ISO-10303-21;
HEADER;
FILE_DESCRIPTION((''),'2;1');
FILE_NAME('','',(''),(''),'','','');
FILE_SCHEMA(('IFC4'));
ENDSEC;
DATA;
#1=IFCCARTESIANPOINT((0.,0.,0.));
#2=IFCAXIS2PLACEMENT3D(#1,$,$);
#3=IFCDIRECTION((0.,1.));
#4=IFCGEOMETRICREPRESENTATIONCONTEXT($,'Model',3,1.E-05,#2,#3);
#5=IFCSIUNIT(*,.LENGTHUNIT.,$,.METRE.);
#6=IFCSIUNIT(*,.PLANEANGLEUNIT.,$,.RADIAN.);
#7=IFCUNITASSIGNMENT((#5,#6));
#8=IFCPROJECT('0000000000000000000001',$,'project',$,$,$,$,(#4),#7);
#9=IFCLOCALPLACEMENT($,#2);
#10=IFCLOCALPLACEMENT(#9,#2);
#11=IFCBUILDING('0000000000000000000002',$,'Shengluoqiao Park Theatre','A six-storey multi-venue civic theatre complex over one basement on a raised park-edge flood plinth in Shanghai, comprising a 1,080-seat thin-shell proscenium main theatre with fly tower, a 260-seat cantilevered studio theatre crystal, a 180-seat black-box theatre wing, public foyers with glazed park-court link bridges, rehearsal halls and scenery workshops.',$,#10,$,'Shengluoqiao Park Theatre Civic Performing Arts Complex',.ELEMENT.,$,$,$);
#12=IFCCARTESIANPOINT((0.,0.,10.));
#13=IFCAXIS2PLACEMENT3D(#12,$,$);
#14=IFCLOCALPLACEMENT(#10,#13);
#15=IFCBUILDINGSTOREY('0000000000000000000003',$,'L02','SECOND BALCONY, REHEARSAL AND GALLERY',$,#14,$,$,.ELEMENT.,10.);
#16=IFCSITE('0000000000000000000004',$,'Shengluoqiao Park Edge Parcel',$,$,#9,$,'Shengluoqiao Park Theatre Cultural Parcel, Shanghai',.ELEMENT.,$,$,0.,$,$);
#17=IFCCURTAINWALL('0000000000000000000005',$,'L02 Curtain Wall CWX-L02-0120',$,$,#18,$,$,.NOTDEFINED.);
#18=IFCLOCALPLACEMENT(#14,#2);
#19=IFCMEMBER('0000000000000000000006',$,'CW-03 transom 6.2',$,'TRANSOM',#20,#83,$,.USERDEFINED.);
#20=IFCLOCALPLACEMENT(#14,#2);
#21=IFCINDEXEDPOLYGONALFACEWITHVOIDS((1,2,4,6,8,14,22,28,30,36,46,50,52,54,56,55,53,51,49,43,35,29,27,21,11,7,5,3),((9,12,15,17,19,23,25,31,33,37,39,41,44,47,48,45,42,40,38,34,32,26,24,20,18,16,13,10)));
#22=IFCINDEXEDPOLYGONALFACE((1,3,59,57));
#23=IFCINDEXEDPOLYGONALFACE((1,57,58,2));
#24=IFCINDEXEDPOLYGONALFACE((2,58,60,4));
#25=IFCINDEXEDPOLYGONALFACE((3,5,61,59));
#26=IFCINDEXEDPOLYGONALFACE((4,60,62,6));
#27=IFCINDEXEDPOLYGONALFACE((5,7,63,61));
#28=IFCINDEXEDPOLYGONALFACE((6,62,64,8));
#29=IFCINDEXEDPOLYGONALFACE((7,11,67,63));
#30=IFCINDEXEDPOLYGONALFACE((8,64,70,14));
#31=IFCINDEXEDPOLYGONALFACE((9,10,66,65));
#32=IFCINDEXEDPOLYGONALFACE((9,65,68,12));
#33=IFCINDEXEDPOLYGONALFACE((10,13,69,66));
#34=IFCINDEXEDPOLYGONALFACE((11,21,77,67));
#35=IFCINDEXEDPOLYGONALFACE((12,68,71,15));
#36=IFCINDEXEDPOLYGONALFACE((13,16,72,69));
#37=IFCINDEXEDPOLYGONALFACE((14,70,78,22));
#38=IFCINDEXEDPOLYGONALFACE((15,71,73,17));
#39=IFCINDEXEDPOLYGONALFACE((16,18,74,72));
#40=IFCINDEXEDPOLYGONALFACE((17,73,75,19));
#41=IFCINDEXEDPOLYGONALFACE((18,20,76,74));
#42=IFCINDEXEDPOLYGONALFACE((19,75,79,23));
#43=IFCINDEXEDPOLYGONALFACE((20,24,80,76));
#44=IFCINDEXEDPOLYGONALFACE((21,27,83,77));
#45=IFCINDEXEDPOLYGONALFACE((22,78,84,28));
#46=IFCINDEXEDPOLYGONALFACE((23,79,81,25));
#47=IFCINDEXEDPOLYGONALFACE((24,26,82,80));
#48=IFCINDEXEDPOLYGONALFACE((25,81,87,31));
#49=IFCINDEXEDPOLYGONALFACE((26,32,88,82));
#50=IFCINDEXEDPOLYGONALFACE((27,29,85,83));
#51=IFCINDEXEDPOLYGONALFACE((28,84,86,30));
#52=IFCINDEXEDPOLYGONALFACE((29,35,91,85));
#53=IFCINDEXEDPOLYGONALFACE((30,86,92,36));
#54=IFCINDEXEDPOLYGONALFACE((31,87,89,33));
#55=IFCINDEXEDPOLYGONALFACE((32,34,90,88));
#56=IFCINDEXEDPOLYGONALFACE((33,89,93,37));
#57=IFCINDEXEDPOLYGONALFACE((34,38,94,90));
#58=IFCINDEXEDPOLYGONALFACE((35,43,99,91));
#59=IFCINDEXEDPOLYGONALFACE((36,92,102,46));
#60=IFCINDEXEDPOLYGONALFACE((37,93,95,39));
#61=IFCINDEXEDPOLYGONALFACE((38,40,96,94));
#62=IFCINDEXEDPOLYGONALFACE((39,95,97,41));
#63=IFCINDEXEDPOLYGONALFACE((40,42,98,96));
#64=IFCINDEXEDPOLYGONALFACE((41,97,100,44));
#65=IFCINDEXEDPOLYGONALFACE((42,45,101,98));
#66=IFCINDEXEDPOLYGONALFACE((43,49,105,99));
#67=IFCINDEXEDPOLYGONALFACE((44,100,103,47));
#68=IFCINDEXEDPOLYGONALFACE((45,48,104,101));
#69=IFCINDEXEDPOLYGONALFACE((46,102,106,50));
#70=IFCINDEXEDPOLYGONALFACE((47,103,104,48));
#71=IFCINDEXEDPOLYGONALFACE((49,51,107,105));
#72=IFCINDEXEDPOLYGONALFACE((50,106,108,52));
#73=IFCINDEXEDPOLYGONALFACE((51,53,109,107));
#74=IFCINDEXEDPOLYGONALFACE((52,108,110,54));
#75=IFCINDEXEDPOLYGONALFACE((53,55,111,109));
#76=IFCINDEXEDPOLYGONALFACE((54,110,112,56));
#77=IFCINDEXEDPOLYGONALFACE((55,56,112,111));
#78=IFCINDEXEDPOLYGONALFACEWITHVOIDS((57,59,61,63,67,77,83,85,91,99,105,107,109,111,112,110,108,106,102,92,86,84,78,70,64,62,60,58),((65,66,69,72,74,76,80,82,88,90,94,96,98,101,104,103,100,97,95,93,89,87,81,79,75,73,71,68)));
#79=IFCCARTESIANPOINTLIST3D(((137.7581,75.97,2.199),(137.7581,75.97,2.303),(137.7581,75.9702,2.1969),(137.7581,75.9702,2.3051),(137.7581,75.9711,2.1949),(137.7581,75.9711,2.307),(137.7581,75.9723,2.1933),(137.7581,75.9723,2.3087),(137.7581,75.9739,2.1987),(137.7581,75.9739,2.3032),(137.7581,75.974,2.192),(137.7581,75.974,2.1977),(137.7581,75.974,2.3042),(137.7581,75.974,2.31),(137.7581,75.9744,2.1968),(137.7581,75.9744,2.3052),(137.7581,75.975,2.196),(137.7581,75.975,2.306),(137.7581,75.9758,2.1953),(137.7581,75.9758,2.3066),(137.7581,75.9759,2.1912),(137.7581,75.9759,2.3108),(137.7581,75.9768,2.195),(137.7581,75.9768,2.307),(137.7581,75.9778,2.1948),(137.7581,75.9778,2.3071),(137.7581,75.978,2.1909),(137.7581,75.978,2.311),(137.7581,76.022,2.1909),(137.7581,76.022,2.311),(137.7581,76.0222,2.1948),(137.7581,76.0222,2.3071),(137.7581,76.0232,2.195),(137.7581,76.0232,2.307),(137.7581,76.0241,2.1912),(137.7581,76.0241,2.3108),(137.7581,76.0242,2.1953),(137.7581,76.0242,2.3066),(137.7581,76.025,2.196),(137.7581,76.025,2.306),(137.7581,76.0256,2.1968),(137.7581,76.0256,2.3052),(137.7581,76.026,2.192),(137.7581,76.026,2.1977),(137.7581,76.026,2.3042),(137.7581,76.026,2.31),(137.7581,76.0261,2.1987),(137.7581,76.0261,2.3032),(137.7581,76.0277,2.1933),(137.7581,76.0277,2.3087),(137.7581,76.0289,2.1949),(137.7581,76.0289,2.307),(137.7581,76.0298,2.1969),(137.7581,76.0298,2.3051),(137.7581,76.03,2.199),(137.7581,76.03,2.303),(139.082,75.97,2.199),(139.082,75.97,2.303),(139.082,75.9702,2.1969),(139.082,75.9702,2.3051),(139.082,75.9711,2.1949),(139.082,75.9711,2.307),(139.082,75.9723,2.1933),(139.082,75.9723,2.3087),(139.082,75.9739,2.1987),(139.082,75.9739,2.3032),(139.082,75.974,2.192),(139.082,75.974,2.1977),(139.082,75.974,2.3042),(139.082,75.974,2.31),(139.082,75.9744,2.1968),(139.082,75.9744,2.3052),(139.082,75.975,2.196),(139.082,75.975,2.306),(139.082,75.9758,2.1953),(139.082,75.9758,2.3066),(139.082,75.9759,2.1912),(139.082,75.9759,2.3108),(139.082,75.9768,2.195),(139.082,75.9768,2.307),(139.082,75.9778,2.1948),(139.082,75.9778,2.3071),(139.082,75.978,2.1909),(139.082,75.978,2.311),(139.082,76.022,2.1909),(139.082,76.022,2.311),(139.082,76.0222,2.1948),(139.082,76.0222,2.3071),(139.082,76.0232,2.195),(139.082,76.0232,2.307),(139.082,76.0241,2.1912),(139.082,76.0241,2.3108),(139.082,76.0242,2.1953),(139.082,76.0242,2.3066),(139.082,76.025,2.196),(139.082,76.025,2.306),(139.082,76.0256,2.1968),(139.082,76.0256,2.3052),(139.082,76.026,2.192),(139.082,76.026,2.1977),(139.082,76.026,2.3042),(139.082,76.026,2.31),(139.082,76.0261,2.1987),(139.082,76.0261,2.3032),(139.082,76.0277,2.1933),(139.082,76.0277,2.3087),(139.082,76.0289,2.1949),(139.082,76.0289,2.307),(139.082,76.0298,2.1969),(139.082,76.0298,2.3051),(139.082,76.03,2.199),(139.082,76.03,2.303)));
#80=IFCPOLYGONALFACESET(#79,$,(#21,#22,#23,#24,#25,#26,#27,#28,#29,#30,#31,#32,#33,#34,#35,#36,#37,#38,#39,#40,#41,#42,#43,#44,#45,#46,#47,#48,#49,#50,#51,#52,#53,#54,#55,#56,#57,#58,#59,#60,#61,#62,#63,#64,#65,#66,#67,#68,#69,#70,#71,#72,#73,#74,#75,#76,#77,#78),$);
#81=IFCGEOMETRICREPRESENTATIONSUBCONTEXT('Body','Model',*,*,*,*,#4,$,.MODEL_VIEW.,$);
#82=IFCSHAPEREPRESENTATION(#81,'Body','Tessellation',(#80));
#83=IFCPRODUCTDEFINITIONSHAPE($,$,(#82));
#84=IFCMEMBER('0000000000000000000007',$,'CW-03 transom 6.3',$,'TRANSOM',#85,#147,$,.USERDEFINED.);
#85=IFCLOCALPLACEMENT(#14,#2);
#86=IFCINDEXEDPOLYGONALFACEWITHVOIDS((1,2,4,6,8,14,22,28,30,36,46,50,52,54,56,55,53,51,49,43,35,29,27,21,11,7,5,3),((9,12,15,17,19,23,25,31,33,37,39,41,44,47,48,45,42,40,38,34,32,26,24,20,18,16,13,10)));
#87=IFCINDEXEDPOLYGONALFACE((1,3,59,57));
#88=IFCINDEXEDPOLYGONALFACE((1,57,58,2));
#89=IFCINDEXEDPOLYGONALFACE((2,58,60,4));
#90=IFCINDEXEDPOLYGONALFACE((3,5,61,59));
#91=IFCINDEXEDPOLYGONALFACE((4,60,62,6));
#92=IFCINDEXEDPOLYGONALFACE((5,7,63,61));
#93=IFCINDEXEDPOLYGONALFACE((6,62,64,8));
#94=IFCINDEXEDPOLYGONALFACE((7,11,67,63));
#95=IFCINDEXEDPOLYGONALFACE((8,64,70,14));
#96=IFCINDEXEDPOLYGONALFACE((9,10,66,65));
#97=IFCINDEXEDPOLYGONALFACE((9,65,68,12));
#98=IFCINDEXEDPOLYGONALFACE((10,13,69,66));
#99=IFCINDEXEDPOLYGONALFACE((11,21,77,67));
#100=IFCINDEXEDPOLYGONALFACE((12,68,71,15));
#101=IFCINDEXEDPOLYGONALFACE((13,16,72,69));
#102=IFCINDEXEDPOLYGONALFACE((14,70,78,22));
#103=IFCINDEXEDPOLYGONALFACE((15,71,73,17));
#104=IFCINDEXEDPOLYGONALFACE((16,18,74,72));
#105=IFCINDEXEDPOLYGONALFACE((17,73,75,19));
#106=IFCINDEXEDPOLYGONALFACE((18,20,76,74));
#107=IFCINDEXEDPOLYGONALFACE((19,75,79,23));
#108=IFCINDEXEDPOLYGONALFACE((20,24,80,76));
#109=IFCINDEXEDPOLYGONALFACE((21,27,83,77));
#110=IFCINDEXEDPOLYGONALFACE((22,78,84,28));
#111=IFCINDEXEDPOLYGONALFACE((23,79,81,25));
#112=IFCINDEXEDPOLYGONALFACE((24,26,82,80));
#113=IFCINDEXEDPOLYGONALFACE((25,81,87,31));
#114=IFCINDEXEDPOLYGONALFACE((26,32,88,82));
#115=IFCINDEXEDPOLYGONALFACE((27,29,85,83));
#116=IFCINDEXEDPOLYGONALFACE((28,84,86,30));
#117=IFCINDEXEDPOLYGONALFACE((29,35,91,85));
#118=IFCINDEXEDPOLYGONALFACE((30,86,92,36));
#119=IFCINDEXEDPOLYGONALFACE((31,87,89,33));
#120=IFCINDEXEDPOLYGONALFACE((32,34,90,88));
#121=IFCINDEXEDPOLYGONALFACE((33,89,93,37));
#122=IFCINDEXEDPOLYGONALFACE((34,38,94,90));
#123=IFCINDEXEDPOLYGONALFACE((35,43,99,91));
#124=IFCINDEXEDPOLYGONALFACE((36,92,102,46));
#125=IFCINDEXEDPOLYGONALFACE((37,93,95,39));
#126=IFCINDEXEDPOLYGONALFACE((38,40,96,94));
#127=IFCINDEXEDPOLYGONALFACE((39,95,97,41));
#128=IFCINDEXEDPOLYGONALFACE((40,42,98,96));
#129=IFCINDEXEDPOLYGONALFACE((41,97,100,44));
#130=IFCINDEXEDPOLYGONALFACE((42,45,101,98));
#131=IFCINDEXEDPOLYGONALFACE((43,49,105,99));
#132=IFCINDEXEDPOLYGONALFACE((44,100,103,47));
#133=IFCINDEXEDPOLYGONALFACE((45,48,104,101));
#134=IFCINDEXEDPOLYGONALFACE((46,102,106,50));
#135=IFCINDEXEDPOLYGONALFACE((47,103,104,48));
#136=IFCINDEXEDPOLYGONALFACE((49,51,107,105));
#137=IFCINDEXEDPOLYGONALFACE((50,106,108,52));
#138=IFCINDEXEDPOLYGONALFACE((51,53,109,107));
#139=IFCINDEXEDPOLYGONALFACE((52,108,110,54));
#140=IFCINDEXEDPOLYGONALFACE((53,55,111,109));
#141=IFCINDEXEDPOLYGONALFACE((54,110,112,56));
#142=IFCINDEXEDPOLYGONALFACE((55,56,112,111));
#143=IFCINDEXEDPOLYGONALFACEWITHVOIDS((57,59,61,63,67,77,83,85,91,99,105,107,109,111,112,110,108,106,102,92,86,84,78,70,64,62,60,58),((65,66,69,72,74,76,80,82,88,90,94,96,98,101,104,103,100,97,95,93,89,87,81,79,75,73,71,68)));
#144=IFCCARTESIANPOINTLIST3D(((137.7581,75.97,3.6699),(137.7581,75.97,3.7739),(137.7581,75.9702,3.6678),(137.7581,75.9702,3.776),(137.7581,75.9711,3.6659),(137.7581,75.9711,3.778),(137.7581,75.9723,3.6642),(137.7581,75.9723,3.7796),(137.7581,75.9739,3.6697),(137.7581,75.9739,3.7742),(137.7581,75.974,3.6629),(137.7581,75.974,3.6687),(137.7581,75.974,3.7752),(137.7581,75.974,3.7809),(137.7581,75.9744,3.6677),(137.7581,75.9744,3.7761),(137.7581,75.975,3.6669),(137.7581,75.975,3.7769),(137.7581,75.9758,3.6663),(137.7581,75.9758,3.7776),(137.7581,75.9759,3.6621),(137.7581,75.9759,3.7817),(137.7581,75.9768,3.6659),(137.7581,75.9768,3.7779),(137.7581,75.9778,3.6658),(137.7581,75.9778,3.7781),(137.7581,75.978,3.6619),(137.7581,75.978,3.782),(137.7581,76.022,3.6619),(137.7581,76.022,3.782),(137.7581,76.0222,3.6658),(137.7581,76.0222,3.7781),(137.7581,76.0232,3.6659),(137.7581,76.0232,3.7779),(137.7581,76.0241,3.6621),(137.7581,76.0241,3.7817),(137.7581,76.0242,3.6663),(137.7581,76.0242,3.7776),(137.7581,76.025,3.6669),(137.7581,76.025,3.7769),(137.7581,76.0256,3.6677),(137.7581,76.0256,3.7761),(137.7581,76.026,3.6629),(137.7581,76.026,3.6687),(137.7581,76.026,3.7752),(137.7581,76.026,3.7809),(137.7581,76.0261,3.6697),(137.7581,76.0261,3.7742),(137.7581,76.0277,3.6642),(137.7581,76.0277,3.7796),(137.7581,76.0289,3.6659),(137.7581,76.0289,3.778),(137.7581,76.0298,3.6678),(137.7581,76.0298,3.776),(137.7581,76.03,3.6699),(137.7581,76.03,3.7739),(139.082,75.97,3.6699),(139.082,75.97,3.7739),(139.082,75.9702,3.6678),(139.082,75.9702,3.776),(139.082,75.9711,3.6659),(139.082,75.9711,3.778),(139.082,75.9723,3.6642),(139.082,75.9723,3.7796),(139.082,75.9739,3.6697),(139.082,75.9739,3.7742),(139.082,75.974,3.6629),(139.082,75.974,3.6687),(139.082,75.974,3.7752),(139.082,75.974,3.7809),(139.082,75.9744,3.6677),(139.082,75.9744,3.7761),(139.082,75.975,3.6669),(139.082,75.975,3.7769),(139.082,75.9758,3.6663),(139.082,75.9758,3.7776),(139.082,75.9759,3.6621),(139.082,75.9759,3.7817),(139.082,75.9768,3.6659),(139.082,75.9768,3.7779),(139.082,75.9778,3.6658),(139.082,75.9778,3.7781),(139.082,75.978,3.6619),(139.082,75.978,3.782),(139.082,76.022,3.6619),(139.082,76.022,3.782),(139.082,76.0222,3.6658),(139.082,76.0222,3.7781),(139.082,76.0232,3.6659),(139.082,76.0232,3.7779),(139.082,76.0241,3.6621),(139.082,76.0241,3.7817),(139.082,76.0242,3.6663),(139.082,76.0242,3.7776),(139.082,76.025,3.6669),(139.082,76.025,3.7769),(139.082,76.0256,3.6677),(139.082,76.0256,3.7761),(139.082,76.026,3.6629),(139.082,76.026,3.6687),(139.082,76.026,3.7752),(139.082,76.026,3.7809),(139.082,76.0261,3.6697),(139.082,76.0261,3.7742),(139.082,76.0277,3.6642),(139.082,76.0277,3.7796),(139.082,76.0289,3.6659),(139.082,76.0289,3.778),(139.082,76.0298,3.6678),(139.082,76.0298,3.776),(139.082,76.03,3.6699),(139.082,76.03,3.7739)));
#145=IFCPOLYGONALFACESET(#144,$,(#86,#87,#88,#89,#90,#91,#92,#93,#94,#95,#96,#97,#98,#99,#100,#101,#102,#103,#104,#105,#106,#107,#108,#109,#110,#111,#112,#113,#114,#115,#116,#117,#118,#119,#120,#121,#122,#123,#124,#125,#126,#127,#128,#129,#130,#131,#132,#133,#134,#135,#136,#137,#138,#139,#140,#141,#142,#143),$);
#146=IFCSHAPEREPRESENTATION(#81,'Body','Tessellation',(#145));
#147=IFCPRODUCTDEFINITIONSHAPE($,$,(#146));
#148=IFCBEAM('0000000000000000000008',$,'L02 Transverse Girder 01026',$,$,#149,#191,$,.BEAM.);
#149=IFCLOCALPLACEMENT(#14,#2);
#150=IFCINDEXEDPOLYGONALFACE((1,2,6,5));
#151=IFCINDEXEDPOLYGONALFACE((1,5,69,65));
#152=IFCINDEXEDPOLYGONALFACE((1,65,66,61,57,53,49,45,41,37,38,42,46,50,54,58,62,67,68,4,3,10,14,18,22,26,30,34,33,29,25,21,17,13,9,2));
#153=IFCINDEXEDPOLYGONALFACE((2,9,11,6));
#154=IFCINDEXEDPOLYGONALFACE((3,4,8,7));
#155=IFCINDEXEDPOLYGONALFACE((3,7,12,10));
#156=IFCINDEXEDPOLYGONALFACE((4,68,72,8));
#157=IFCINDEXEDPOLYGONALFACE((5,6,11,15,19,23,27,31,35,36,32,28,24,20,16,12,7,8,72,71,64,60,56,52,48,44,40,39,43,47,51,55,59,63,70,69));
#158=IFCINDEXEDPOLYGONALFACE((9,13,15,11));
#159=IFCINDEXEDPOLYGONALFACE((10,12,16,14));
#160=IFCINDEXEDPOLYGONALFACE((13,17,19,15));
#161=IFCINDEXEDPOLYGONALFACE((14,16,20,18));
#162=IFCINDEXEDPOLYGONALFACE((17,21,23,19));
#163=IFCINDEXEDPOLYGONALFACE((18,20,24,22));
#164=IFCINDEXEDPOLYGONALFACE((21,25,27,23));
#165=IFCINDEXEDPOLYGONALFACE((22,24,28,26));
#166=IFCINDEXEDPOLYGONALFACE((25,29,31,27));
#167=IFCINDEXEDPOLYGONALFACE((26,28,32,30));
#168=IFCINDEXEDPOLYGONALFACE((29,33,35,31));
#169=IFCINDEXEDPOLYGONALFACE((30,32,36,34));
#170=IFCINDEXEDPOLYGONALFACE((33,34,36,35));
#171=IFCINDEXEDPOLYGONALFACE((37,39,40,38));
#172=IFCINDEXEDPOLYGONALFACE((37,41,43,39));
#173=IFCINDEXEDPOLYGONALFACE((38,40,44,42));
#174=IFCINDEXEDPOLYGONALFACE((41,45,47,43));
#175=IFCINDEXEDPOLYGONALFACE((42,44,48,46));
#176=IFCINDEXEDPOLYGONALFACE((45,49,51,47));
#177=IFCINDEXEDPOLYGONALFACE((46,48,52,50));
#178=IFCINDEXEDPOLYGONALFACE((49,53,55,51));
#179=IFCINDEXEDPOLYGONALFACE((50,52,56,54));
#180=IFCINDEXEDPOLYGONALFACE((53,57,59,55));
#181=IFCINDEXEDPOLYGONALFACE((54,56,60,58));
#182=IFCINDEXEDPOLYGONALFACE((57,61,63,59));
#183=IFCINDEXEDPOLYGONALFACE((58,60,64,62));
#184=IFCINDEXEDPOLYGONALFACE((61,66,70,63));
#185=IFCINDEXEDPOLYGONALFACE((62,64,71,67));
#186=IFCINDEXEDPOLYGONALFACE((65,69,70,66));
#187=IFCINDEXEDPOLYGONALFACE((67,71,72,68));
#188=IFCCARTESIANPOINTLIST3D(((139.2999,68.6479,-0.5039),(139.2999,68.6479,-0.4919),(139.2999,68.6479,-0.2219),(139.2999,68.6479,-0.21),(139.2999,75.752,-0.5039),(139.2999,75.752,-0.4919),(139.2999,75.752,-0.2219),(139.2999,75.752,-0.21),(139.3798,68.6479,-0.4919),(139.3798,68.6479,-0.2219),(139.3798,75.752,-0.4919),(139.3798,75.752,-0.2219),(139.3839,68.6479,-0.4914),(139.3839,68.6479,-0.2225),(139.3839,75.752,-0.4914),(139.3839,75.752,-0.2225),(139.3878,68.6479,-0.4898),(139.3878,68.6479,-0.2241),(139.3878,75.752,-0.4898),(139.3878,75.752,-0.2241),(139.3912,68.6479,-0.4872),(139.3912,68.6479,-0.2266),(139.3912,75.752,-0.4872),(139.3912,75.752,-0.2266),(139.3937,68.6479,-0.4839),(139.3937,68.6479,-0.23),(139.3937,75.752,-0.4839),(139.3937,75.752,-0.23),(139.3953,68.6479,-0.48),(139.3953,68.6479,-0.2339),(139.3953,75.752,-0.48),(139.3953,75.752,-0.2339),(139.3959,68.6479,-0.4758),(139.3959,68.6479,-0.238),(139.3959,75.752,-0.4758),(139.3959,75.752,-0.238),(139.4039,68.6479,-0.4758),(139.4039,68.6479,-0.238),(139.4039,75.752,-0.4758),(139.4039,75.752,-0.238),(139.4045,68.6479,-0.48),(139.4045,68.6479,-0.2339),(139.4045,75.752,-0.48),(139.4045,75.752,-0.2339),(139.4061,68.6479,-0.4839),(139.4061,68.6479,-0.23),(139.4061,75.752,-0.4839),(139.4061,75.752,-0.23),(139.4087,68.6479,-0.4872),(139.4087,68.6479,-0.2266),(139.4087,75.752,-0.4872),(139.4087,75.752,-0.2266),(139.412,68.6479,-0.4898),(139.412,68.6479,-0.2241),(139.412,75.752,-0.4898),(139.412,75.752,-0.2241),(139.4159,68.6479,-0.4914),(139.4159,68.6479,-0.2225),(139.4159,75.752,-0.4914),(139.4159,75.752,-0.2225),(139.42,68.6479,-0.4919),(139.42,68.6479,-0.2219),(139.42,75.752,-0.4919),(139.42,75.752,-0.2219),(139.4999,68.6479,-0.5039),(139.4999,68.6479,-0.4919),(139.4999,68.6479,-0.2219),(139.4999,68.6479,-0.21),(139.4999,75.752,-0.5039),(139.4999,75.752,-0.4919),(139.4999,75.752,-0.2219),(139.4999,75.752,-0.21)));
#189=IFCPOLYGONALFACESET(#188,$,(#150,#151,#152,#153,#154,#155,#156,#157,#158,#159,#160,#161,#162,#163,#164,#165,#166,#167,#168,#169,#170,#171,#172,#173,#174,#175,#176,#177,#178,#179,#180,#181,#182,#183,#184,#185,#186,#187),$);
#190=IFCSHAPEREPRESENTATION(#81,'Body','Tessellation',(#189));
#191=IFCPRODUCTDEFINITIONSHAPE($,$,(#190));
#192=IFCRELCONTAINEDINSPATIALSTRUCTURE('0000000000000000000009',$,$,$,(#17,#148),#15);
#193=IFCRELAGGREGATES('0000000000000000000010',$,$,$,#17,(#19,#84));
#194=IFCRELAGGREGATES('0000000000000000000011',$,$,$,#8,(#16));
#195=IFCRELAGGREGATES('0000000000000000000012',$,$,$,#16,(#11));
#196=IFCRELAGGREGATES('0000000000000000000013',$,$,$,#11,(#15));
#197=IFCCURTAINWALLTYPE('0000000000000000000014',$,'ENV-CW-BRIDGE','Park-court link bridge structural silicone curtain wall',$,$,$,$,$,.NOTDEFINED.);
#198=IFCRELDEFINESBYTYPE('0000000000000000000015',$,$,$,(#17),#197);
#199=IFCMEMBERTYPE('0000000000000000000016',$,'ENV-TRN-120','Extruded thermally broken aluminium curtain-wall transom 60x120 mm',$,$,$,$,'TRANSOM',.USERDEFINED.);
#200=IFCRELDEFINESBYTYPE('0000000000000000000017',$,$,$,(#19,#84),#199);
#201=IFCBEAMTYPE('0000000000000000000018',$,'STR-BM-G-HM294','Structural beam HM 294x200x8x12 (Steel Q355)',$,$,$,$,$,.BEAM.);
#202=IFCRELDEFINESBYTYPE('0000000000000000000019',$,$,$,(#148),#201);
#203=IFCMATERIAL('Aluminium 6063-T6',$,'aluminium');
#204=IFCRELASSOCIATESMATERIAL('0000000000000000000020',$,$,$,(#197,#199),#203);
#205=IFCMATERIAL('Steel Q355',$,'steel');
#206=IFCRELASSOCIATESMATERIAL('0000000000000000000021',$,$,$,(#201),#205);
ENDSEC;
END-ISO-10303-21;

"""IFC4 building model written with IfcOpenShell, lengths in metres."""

from ifc_helpers import new_model, si_unit, direction, frame, origin, origin_2d, place, context, subcontext, project, spatial, hollow_rectangle, i_section, extrude, material, material_profile, profile_set, type_object, element, aggregate, save


model = new_model("IFC4")

# Units and contexts
model_context = context("Model", 3, precision=1e-05, world=origin(), true_north=direction((0.0, 1.0)))
body_context = subcontext(model_context, "Body", "Model", "MODEL_VIEW")
ifc_project = project(units=[si_unit("LENGTHUNIT", "METRE"), si_unit("PLANEANGLEUNIT", "RADIAN")], contexts=[model_context])

# Site, building, storey
site_placement = place(None, origin())
site = spatial("IfcSite", under=ifc_project, at=site_placement, Name="Shengluoqiao Park Edge Parcel", LongName="Shengluoqiao Park Theatre Cultural Parcel, Shanghai", CompositionType="ELEMENT", RefElevation=0.0)
building_placement = place(site_placement, origin())
building = spatial("IfcBuilding", under=site, at=building_placement, Name="Shengluoqiao Park Theatre", Description="A six-storey multi-venue civic theatre complex over one basement on a raised park-edge flood plinth in Shanghai, comprising a 1,080-seat thin-shell proscenium main theatre with fly tower, a 260-seat cantilevered studio theatre crystal, a 180-seat black-box theatre wing, public foyers with glazed park-court link bridges, rehearsal halls and scenery workshops.", LongName="Shengluoqiao Park Theatre Civic Performing Arts Complex", CompositionType="ELEMENT")
storey_placement = place(building_placement, frame((0.0, 0.0, 10.0)))
storey = spatial("IfcBuildingStorey", under=building, at=storey_placement, Name="L02", Description="SECOND BALCONY, REHEARSAL AND GALLERY", CompositionType="ELEMENT", Elevation=10.0)

# Curtain wall, members
ifc_material_1 = material(Name="Aluminium 6063-T6", Category="aluminium")
curtain_wall_type = type_object("IfcCurtainWallType", Name="ENV-CW-BRIDGE", Description="Park-court link bridge structural silicone curtain wall", PredefinedType="NOTDEFINED", material=ifc_material_1)
curtain_wall_placement = place(storey_placement, origin())
curtain_wall = element("IfcCurtainWall", 1, at=curtain_wall_placement, inside=storey, type_object=curtain_wall_type, Name="L02 Curtain Wall CWX-L02-0120", PredefinedType="NOTDEFINED")
ifc_material_profile_1 = material_profile(ifc_material_1, hollow_rectangle(XDim=0.0601, YDim=0.1201, WallThickness=0.0039, InnerFilletRadius=0.0039, OuterFilletRadius=0.0081, at=origin_2d()), Name="ALU TRANSOM 120x60x4")
ifc_profile_set_1 = profile_set([ifc_material_profile_1], Name="Aluminium 6063-T6")
member_type_1 = type_object("IfcMemberType", Name="ENV-TRN-120", Description="Extruded thermally broken aluminium curtain-wall transom 60x120 mm", ElementType="TRANSOM", PredefinedType="USERDEFINED", material=ifc_profile_set_1)
member_1_placement = place(storey_placement, frame((137.7581, 76.0, 2.251), z_axis=(1.0, 0.0, 0.0), x_axis=(0.0, 1.0, 0.0)))
member_1 = element("IfcMember", 2, at=member_1_placement, type_object=member_type_1, Name="CW-03 transom 6.2", ObjectType="TRANSOM", PredefinedType="USERDEFINED", context=body_context, shape_type="SweptSolid", body=[
    extrude(hollow_rectangle(XDim=0.0601, YDim=0.1201, WallThickness=0.0039, InnerFilletRadius=0.0039, OuterFilletRadius=0.0081, at=origin_2d()), origin(), (0.0, 0.0, 1.0), 1.324),
])
member_2_placement = place(storey_placement, frame((137.7581, 76.0, 3.7219), z_axis=(1.0, 0.0, 0.0), x_axis=(0.0, 1.0, 0.0)))
member_2 = element("IfcMember", 3, at=member_2_placement, type_object=member_type_1, Name="CW-03 transom 6.3", ObjectType="TRANSOM", PredefinedType="USERDEFINED", context=body_context, shape_type="SweptSolid", body=[
    extrude(hollow_rectangle(XDim=0.0601, YDim=0.1201, WallThickness=0.0039, InnerFilletRadius=0.0039, OuterFilletRadius=0.0081, at=origin_2d()), origin(), (0.0, 0.0, 1.0), 1.324),
])

# Beam
ifc_material_2 = material(Name="Steel Q355", Category="steel")
ifc_material_profile_2 = material_profile(ifc_material_2, i_section(OverallWidth=0.2, OverallDepth=0.2939, WebThickness=0.0081, FlangeThickness=0.012, FilletRadius=0.0161, at=origin_2d()), Name="HM 294x200x8x12")
ifc_profile_set_2 = profile_set([ifc_material_profile_2], Name="Steel Q355")
beam_type_1 = type_object("IfcBeamType", Name="STR-BM-G-HM294", Description="Structural beam HM 294x200x8x12 (Steel Q355)", PredefinedType="BEAM", material=ifc_profile_set_2)
beam_1_placement = place(storey_placement, frame((139.3999, 68.6479, -0.3569), z_axis=(0.0, 1.0, 0.0), x_axis=(-1.0, 0.0, 0.0)))
element("IfcBeam", 4, at=beam_1_placement, inside=storey, type_object=beam_type_1, Name="L02 Transverse Girder 01026", PredefinedType="BEAM", context=body_context, shape_type="SweptSolid", body=[
    extrude(i_section(OverallWidth=0.2, OverallDepth=0.2939, WebThickness=0.0081, FlangeThickness=0.012, FilletRadius=0.0161, at=origin_2d()), origin(), (0.0, 0.0, 1.0), 7.104),
])

aggregate(curtain_wall, [member_1, member_2])

save(model, "model.ifc")
